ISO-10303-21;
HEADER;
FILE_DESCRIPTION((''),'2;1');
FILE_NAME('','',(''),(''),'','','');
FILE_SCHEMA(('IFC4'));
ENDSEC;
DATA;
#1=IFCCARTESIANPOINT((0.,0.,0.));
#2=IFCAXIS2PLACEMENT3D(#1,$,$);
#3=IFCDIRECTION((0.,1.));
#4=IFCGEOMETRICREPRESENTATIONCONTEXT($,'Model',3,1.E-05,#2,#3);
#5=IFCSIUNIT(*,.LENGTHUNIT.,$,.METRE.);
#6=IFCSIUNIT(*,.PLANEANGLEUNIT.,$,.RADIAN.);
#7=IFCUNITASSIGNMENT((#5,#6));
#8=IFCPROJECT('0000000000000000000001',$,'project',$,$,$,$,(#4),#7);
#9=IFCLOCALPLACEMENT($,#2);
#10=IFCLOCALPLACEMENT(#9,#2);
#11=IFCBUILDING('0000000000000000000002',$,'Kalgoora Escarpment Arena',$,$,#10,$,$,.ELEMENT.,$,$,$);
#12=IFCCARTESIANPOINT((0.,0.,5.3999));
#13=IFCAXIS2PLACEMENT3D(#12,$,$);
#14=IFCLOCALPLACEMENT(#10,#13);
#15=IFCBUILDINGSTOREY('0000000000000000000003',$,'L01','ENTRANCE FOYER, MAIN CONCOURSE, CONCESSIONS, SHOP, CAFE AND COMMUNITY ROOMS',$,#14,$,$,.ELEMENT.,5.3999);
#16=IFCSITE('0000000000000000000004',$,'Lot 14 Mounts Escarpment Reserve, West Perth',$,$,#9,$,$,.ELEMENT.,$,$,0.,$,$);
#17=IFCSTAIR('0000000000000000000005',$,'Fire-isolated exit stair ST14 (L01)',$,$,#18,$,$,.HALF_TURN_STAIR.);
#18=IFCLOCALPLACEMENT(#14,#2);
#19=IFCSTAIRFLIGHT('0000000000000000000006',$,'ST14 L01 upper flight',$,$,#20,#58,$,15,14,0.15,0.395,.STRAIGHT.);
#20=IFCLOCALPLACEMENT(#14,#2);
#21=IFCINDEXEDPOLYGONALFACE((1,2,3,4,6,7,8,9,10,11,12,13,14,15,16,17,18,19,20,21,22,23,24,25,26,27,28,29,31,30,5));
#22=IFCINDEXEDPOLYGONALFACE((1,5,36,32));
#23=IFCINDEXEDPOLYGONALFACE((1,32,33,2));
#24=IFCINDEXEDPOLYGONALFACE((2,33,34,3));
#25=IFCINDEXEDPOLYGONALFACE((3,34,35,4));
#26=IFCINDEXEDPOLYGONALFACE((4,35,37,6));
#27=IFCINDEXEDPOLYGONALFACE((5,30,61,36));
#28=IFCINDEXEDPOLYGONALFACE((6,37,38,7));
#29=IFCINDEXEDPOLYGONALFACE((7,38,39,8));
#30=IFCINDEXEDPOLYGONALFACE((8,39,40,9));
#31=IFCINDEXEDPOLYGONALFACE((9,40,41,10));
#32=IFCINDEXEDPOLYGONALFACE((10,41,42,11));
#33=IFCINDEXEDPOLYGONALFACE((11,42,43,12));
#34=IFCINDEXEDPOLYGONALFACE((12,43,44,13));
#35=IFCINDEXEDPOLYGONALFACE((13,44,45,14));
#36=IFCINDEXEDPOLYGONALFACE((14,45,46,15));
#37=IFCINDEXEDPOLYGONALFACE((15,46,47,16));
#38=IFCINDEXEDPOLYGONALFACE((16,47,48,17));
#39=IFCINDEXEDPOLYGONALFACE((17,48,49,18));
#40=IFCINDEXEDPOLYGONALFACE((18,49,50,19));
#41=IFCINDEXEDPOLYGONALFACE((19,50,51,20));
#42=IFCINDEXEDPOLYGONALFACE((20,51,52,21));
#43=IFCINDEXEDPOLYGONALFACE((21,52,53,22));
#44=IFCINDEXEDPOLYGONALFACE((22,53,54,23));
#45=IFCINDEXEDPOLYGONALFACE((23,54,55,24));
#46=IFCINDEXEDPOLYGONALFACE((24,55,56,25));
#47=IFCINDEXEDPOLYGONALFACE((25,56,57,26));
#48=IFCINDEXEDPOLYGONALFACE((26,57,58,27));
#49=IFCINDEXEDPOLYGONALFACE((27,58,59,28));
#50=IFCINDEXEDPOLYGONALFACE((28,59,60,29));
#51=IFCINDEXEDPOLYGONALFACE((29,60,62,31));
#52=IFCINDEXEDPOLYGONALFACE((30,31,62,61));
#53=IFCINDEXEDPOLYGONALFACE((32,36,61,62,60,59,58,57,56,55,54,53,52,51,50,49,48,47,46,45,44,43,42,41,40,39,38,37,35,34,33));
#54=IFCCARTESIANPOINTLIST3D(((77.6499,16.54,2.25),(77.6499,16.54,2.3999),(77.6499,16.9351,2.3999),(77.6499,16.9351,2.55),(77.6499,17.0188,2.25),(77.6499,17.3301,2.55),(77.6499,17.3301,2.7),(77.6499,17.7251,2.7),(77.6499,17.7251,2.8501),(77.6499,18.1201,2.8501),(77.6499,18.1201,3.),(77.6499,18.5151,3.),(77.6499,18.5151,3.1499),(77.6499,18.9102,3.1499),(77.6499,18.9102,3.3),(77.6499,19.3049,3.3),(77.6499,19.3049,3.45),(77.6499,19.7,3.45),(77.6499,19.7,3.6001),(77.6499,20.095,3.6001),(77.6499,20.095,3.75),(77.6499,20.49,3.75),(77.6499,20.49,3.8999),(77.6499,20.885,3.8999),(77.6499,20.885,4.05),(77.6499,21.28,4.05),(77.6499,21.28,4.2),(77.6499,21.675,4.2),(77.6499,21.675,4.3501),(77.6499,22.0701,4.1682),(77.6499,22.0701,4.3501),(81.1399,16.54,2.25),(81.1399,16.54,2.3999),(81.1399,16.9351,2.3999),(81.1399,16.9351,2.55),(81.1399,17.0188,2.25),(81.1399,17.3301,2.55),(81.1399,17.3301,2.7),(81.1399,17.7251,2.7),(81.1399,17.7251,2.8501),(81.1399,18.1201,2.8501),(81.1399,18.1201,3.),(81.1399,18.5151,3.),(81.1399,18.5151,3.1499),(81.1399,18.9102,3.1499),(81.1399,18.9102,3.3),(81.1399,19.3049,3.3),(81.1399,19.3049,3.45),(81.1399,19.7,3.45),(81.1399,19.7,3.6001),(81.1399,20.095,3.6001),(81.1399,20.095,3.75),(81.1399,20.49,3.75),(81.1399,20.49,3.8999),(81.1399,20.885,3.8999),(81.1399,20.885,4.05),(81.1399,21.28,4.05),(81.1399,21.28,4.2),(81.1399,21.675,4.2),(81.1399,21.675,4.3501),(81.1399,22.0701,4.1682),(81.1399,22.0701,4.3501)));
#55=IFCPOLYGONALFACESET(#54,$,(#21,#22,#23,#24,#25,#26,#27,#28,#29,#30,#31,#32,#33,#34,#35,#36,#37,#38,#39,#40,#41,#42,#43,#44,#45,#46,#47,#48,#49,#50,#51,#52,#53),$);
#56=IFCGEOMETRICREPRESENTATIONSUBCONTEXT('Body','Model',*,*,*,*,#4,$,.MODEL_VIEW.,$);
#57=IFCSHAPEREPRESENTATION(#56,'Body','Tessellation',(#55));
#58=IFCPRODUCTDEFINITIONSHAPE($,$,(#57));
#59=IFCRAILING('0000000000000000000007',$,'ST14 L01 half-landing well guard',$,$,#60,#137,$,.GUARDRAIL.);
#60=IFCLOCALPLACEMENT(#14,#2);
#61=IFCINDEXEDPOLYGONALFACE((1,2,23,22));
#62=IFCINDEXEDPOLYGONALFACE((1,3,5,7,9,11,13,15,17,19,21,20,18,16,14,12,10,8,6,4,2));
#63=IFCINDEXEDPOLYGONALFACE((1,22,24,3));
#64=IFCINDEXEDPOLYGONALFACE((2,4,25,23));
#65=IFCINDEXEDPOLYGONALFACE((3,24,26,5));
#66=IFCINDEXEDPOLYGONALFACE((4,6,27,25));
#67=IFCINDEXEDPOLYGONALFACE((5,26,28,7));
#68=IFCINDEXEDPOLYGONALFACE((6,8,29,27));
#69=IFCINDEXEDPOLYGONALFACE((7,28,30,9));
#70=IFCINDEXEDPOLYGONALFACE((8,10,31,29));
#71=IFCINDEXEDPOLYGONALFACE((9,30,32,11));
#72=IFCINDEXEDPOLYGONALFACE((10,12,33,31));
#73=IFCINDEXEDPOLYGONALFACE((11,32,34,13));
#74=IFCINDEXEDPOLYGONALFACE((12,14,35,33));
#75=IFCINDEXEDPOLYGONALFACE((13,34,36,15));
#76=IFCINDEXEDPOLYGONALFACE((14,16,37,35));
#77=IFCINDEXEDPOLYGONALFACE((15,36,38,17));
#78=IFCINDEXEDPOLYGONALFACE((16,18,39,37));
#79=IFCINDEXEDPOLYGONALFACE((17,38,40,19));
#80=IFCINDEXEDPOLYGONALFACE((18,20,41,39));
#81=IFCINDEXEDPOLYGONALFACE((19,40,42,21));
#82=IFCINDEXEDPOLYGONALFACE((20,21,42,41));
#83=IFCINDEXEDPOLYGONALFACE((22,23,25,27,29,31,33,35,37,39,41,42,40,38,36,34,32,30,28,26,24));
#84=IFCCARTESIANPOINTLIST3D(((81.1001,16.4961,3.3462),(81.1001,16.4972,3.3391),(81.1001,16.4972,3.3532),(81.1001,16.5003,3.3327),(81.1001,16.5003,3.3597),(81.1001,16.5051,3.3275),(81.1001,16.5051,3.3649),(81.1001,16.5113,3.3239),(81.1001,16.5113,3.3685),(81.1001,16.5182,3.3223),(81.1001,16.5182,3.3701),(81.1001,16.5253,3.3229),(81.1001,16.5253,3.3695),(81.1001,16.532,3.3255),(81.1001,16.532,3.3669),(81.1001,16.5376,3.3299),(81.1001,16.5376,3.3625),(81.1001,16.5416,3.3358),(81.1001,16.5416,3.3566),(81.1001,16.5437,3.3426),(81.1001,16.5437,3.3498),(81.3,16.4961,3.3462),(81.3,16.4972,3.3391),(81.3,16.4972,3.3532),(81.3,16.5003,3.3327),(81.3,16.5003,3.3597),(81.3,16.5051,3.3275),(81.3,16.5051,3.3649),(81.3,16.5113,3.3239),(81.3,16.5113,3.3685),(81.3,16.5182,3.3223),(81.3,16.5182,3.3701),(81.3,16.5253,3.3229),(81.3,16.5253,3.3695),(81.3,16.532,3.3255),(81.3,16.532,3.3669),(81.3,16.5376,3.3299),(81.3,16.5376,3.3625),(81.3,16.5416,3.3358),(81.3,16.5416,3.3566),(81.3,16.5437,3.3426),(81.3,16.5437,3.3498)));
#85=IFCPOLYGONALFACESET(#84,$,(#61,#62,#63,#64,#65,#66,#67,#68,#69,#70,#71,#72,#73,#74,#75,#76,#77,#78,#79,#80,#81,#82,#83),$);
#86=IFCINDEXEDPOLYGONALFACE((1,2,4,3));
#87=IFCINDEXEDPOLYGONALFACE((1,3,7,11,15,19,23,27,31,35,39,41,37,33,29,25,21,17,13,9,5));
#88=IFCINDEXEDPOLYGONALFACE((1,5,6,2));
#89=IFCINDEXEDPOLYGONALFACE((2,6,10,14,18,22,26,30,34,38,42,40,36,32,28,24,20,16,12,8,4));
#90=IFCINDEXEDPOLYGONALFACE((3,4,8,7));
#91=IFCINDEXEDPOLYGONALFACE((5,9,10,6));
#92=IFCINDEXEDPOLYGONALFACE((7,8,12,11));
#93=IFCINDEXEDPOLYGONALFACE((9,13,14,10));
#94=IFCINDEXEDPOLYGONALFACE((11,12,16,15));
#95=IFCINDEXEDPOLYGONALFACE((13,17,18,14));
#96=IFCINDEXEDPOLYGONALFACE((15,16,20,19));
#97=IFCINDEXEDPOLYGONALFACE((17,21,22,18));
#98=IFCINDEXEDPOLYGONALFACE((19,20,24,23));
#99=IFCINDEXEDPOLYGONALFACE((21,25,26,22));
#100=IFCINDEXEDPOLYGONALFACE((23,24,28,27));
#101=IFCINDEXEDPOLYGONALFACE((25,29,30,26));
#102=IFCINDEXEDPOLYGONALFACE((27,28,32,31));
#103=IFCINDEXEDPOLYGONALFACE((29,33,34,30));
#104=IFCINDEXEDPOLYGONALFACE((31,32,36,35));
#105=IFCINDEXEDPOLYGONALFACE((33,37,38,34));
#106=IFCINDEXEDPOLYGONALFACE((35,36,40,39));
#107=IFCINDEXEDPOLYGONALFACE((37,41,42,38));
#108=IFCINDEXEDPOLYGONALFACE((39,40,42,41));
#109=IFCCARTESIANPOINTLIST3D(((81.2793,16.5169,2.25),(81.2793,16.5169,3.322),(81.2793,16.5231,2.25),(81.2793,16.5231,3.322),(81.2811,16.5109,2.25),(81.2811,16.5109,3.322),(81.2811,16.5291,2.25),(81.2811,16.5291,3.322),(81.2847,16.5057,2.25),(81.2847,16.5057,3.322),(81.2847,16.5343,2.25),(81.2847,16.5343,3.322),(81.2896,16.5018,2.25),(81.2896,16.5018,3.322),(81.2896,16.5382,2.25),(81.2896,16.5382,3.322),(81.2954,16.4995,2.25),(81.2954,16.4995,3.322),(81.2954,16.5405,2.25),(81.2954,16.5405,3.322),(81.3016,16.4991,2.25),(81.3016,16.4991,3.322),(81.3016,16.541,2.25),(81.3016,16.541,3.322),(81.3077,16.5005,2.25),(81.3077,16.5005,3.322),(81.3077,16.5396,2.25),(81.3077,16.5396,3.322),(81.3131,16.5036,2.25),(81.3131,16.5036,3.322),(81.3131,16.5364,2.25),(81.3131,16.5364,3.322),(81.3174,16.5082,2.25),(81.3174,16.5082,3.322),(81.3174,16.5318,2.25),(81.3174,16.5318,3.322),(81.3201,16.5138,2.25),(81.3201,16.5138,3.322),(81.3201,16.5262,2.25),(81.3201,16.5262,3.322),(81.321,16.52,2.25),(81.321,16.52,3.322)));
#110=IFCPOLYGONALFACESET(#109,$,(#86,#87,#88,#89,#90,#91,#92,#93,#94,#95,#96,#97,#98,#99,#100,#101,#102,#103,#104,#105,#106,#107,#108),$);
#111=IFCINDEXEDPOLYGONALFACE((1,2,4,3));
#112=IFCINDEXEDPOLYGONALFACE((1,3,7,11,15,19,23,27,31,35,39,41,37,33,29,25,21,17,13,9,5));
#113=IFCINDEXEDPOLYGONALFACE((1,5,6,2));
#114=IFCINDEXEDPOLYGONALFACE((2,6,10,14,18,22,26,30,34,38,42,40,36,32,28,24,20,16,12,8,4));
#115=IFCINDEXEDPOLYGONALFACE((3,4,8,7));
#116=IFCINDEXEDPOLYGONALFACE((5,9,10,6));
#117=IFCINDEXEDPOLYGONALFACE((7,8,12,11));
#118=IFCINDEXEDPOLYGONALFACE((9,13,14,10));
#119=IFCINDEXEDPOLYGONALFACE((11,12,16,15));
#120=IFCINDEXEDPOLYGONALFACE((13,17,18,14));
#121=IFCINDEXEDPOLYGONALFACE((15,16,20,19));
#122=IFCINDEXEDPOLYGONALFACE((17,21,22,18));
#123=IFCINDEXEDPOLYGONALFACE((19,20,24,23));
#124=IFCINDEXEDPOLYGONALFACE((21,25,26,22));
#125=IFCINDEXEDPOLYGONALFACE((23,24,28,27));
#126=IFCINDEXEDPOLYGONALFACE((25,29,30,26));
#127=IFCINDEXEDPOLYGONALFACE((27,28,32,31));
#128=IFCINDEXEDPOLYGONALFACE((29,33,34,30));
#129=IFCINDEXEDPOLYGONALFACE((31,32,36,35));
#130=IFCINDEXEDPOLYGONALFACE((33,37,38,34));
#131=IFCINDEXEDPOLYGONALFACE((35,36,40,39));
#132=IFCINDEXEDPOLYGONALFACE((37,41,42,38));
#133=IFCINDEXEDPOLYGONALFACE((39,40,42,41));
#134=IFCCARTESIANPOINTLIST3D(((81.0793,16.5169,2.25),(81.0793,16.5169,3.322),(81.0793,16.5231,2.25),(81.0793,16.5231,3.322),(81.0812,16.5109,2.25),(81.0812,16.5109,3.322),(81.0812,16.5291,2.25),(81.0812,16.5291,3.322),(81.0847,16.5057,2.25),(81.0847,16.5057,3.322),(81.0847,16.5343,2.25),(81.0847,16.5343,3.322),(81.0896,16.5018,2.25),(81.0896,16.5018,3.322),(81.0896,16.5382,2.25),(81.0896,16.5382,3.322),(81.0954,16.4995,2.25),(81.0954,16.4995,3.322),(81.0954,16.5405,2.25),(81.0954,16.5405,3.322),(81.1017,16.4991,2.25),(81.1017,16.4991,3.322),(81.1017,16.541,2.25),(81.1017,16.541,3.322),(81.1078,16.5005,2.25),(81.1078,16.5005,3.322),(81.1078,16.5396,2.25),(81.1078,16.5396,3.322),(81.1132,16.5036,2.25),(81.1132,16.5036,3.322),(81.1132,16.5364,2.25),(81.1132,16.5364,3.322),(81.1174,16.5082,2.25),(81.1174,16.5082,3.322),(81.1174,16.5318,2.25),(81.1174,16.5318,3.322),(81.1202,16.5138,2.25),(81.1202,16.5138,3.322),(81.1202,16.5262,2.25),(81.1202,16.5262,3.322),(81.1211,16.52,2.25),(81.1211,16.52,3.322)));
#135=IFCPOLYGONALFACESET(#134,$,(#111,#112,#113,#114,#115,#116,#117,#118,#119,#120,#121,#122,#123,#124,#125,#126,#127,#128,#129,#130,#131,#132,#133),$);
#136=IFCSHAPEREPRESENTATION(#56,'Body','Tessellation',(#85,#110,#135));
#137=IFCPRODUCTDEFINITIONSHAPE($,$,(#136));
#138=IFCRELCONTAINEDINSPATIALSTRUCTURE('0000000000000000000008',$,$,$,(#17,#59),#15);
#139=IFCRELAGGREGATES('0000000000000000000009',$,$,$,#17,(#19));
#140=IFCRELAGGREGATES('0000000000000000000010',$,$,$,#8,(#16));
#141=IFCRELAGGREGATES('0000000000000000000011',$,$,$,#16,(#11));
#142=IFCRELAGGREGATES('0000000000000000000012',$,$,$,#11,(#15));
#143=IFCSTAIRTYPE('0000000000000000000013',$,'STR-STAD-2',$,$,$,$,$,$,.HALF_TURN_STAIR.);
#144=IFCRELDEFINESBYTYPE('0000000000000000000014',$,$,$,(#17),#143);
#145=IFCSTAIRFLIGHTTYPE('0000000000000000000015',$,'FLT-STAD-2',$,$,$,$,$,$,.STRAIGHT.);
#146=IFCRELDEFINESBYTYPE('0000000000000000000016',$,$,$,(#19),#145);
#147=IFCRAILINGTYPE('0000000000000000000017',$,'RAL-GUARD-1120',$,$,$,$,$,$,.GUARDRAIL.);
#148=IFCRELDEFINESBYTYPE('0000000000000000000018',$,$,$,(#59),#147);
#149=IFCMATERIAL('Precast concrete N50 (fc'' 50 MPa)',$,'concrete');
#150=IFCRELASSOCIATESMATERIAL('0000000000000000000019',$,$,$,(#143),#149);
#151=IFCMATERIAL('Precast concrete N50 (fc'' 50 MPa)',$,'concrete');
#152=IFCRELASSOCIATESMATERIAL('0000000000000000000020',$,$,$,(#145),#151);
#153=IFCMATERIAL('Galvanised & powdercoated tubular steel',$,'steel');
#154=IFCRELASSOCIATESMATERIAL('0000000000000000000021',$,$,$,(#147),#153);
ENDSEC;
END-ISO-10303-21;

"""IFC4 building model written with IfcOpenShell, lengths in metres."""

from ifc_helpers import new_model, si_unit, direction, frame, origin, origin_2d, place, context, subcontext, project, spatial, polyline, circle, outline, extrude, material, type_object, element, aggregate, save


model = new_model("IFC4")

# Units and contexts
model_context = context("Model", 3, precision=1e-05, world=origin(), true_north=direction((0.0, 1.0)))
body_context = subcontext(model_context, "Body", "Model", "MODEL_VIEW")
ifc_project = project(units=[si_unit("LENGTHUNIT", "METRE"), si_unit("PLANEANGLEUNIT", "RADIAN")], contexts=[model_context])

# Site, building, storey
site_placement = place(None, origin())
site = spatial("IfcSite", under=ifc_project, at=site_placement, Name="Lot 14 Mounts Escarpment Reserve, West Perth", CompositionType="ELEMENT", RefElevation=0.0)
building_placement = place(site_placement, origin())
building = spatial("IfcBuilding", under=site, at=building_placement, Name="Kalgoora Escarpment Arena", CompositionType="ELEMENT")
storey_placement = place(building_placement, frame((0.0, 0.0, 5.3999)))
storey = spatial("IfcBuildingStorey", under=building, at=storey_placement, Name="L01", Description="ENTRANCE FOYER, MAIN CONCOURSE, CONCESSIONS, SHOP, CAFE AND COMMUNITY ROOMS", CompositionType="ELEMENT", Elevation=5.3999)

# Stair, stair flight
ifc_material_1 = material(Name="Precast concrete N50 (fc' 50 MPa)", Category="concrete")
stair_type = type_object("IfcStairType", Name="STR-STAD-2", PredefinedType="HALF_TURN_STAIR", material=ifc_material_1)
stair_placement = place(storey_placement, origin())
stair = element("IfcStair", 1, at=stair_placement, inside=storey, type_object=stair_type, Name="Fire-isolated exit stair ST14 (L01)", PredefinedType="HALF_TURN_STAIR")
ifc_material_2 = material(Name="Precast concrete N50 (fc' 50 MPa)", Category="concrete")
stair_flight_type = type_object("IfcStairFlightType", Name="FLT-STAD-2", PredefinedType="STRAIGHT", material=ifc_material_2)
stair_flight_placement = place(storey_placement, frame((79.395, 16.54, 2.25), z_axis=(0.0, 0.0, 1.0), x_axis=(0.0, 1.0, 0.0)))
stair_flight = element("IfcStairFlight", 2, at=stair_flight_placement, type_object=stair_flight_type, Name="ST14 L01 upper flight", NumberOfRisers=15, NumberOfTreads=14, PredefinedType="STRAIGHT", RiserHeight=0.15, TreadLength=0.395, context=body_context, shape_type="SweptSolid", body=[
    extrude(outline(polyline([(0.0, 0.0), (0.0, 0.1499), (0.395, 0.1499), (0.395, 0.3), (0.79, 0.3), (0.79, 0.45), (1.1851, 0.45), (1.1851, 0.6001), (1.5801, 0.6001), (1.5801, 0.75), (1.9751, 0.75), (1.9751, 0.8999), (2.3701, 0.8999), (2.3701, 1.05), (2.7649, 1.05), (2.7649, 1.2), (3.1599, 1.2), (3.1599, 1.3501), (3.5549, 1.3501), (3.5549, 1.5), (3.95, 1.5), (3.95, 1.6499), (4.345, 1.6499), (4.345, 1.8), (4.74, 1.8), (4.74, 1.95), (5.135, 1.95), (5.135, 2.1001), (5.53, 2.1001), (5.53, 2.25), (5.53, 1.9182), (0.4788, 0.0), (0.0, 0.0)])), frame((0.0, 1.7451, 0.0), z_axis=(0.0, -1.0, 0.0), x_axis=(1.0, 0.0, 0.0)), (0.0, 0.0, 1.0), 3.49),
])
aggregate(stair, [stair_flight])

# Railing
ifc_material_3 = material(Name="Galvanised & powdercoated tubular steel", Category="steel")
railing_type_1 = type_object("IfcRailingType", Name="RAL-GUARD-1120", PredefinedType="GUARDRAIL", material=ifc_material_3)
railing_1_placement = place(storey_placement, frame((81.3, 16.52, 2.25)))
element("IfcRailing", 3, at=railing_1_placement, inside=storey, type_object=railing_type_1, Name="ST14 L01 half-landing well guard", PredefinedType="GUARDRAIL", context=body_context, shape_type="SweptSolid", body=[
    extrude(circle(Radius=0.0239, at=origin_2d()), frame((0.0, 0.0, 1.0962), z_axis=(-1.0, 0.0, 0.0), x_axis=(0.0, -1.0, 0.0)), (0.0, 0.0, 1.0), 0.2),
    extrude(circle(Radius=0.021, at=origin_2d()), origin(), (0.0, 0.0, 1.0), 1.072),
    extrude(circle(Radius=0.021, at=origin_2d()), frame((-0.2, 0.0, 0.0)), (0.0, 0.0, 1.0), 1.072),
])

save(model, "model.ifc")
